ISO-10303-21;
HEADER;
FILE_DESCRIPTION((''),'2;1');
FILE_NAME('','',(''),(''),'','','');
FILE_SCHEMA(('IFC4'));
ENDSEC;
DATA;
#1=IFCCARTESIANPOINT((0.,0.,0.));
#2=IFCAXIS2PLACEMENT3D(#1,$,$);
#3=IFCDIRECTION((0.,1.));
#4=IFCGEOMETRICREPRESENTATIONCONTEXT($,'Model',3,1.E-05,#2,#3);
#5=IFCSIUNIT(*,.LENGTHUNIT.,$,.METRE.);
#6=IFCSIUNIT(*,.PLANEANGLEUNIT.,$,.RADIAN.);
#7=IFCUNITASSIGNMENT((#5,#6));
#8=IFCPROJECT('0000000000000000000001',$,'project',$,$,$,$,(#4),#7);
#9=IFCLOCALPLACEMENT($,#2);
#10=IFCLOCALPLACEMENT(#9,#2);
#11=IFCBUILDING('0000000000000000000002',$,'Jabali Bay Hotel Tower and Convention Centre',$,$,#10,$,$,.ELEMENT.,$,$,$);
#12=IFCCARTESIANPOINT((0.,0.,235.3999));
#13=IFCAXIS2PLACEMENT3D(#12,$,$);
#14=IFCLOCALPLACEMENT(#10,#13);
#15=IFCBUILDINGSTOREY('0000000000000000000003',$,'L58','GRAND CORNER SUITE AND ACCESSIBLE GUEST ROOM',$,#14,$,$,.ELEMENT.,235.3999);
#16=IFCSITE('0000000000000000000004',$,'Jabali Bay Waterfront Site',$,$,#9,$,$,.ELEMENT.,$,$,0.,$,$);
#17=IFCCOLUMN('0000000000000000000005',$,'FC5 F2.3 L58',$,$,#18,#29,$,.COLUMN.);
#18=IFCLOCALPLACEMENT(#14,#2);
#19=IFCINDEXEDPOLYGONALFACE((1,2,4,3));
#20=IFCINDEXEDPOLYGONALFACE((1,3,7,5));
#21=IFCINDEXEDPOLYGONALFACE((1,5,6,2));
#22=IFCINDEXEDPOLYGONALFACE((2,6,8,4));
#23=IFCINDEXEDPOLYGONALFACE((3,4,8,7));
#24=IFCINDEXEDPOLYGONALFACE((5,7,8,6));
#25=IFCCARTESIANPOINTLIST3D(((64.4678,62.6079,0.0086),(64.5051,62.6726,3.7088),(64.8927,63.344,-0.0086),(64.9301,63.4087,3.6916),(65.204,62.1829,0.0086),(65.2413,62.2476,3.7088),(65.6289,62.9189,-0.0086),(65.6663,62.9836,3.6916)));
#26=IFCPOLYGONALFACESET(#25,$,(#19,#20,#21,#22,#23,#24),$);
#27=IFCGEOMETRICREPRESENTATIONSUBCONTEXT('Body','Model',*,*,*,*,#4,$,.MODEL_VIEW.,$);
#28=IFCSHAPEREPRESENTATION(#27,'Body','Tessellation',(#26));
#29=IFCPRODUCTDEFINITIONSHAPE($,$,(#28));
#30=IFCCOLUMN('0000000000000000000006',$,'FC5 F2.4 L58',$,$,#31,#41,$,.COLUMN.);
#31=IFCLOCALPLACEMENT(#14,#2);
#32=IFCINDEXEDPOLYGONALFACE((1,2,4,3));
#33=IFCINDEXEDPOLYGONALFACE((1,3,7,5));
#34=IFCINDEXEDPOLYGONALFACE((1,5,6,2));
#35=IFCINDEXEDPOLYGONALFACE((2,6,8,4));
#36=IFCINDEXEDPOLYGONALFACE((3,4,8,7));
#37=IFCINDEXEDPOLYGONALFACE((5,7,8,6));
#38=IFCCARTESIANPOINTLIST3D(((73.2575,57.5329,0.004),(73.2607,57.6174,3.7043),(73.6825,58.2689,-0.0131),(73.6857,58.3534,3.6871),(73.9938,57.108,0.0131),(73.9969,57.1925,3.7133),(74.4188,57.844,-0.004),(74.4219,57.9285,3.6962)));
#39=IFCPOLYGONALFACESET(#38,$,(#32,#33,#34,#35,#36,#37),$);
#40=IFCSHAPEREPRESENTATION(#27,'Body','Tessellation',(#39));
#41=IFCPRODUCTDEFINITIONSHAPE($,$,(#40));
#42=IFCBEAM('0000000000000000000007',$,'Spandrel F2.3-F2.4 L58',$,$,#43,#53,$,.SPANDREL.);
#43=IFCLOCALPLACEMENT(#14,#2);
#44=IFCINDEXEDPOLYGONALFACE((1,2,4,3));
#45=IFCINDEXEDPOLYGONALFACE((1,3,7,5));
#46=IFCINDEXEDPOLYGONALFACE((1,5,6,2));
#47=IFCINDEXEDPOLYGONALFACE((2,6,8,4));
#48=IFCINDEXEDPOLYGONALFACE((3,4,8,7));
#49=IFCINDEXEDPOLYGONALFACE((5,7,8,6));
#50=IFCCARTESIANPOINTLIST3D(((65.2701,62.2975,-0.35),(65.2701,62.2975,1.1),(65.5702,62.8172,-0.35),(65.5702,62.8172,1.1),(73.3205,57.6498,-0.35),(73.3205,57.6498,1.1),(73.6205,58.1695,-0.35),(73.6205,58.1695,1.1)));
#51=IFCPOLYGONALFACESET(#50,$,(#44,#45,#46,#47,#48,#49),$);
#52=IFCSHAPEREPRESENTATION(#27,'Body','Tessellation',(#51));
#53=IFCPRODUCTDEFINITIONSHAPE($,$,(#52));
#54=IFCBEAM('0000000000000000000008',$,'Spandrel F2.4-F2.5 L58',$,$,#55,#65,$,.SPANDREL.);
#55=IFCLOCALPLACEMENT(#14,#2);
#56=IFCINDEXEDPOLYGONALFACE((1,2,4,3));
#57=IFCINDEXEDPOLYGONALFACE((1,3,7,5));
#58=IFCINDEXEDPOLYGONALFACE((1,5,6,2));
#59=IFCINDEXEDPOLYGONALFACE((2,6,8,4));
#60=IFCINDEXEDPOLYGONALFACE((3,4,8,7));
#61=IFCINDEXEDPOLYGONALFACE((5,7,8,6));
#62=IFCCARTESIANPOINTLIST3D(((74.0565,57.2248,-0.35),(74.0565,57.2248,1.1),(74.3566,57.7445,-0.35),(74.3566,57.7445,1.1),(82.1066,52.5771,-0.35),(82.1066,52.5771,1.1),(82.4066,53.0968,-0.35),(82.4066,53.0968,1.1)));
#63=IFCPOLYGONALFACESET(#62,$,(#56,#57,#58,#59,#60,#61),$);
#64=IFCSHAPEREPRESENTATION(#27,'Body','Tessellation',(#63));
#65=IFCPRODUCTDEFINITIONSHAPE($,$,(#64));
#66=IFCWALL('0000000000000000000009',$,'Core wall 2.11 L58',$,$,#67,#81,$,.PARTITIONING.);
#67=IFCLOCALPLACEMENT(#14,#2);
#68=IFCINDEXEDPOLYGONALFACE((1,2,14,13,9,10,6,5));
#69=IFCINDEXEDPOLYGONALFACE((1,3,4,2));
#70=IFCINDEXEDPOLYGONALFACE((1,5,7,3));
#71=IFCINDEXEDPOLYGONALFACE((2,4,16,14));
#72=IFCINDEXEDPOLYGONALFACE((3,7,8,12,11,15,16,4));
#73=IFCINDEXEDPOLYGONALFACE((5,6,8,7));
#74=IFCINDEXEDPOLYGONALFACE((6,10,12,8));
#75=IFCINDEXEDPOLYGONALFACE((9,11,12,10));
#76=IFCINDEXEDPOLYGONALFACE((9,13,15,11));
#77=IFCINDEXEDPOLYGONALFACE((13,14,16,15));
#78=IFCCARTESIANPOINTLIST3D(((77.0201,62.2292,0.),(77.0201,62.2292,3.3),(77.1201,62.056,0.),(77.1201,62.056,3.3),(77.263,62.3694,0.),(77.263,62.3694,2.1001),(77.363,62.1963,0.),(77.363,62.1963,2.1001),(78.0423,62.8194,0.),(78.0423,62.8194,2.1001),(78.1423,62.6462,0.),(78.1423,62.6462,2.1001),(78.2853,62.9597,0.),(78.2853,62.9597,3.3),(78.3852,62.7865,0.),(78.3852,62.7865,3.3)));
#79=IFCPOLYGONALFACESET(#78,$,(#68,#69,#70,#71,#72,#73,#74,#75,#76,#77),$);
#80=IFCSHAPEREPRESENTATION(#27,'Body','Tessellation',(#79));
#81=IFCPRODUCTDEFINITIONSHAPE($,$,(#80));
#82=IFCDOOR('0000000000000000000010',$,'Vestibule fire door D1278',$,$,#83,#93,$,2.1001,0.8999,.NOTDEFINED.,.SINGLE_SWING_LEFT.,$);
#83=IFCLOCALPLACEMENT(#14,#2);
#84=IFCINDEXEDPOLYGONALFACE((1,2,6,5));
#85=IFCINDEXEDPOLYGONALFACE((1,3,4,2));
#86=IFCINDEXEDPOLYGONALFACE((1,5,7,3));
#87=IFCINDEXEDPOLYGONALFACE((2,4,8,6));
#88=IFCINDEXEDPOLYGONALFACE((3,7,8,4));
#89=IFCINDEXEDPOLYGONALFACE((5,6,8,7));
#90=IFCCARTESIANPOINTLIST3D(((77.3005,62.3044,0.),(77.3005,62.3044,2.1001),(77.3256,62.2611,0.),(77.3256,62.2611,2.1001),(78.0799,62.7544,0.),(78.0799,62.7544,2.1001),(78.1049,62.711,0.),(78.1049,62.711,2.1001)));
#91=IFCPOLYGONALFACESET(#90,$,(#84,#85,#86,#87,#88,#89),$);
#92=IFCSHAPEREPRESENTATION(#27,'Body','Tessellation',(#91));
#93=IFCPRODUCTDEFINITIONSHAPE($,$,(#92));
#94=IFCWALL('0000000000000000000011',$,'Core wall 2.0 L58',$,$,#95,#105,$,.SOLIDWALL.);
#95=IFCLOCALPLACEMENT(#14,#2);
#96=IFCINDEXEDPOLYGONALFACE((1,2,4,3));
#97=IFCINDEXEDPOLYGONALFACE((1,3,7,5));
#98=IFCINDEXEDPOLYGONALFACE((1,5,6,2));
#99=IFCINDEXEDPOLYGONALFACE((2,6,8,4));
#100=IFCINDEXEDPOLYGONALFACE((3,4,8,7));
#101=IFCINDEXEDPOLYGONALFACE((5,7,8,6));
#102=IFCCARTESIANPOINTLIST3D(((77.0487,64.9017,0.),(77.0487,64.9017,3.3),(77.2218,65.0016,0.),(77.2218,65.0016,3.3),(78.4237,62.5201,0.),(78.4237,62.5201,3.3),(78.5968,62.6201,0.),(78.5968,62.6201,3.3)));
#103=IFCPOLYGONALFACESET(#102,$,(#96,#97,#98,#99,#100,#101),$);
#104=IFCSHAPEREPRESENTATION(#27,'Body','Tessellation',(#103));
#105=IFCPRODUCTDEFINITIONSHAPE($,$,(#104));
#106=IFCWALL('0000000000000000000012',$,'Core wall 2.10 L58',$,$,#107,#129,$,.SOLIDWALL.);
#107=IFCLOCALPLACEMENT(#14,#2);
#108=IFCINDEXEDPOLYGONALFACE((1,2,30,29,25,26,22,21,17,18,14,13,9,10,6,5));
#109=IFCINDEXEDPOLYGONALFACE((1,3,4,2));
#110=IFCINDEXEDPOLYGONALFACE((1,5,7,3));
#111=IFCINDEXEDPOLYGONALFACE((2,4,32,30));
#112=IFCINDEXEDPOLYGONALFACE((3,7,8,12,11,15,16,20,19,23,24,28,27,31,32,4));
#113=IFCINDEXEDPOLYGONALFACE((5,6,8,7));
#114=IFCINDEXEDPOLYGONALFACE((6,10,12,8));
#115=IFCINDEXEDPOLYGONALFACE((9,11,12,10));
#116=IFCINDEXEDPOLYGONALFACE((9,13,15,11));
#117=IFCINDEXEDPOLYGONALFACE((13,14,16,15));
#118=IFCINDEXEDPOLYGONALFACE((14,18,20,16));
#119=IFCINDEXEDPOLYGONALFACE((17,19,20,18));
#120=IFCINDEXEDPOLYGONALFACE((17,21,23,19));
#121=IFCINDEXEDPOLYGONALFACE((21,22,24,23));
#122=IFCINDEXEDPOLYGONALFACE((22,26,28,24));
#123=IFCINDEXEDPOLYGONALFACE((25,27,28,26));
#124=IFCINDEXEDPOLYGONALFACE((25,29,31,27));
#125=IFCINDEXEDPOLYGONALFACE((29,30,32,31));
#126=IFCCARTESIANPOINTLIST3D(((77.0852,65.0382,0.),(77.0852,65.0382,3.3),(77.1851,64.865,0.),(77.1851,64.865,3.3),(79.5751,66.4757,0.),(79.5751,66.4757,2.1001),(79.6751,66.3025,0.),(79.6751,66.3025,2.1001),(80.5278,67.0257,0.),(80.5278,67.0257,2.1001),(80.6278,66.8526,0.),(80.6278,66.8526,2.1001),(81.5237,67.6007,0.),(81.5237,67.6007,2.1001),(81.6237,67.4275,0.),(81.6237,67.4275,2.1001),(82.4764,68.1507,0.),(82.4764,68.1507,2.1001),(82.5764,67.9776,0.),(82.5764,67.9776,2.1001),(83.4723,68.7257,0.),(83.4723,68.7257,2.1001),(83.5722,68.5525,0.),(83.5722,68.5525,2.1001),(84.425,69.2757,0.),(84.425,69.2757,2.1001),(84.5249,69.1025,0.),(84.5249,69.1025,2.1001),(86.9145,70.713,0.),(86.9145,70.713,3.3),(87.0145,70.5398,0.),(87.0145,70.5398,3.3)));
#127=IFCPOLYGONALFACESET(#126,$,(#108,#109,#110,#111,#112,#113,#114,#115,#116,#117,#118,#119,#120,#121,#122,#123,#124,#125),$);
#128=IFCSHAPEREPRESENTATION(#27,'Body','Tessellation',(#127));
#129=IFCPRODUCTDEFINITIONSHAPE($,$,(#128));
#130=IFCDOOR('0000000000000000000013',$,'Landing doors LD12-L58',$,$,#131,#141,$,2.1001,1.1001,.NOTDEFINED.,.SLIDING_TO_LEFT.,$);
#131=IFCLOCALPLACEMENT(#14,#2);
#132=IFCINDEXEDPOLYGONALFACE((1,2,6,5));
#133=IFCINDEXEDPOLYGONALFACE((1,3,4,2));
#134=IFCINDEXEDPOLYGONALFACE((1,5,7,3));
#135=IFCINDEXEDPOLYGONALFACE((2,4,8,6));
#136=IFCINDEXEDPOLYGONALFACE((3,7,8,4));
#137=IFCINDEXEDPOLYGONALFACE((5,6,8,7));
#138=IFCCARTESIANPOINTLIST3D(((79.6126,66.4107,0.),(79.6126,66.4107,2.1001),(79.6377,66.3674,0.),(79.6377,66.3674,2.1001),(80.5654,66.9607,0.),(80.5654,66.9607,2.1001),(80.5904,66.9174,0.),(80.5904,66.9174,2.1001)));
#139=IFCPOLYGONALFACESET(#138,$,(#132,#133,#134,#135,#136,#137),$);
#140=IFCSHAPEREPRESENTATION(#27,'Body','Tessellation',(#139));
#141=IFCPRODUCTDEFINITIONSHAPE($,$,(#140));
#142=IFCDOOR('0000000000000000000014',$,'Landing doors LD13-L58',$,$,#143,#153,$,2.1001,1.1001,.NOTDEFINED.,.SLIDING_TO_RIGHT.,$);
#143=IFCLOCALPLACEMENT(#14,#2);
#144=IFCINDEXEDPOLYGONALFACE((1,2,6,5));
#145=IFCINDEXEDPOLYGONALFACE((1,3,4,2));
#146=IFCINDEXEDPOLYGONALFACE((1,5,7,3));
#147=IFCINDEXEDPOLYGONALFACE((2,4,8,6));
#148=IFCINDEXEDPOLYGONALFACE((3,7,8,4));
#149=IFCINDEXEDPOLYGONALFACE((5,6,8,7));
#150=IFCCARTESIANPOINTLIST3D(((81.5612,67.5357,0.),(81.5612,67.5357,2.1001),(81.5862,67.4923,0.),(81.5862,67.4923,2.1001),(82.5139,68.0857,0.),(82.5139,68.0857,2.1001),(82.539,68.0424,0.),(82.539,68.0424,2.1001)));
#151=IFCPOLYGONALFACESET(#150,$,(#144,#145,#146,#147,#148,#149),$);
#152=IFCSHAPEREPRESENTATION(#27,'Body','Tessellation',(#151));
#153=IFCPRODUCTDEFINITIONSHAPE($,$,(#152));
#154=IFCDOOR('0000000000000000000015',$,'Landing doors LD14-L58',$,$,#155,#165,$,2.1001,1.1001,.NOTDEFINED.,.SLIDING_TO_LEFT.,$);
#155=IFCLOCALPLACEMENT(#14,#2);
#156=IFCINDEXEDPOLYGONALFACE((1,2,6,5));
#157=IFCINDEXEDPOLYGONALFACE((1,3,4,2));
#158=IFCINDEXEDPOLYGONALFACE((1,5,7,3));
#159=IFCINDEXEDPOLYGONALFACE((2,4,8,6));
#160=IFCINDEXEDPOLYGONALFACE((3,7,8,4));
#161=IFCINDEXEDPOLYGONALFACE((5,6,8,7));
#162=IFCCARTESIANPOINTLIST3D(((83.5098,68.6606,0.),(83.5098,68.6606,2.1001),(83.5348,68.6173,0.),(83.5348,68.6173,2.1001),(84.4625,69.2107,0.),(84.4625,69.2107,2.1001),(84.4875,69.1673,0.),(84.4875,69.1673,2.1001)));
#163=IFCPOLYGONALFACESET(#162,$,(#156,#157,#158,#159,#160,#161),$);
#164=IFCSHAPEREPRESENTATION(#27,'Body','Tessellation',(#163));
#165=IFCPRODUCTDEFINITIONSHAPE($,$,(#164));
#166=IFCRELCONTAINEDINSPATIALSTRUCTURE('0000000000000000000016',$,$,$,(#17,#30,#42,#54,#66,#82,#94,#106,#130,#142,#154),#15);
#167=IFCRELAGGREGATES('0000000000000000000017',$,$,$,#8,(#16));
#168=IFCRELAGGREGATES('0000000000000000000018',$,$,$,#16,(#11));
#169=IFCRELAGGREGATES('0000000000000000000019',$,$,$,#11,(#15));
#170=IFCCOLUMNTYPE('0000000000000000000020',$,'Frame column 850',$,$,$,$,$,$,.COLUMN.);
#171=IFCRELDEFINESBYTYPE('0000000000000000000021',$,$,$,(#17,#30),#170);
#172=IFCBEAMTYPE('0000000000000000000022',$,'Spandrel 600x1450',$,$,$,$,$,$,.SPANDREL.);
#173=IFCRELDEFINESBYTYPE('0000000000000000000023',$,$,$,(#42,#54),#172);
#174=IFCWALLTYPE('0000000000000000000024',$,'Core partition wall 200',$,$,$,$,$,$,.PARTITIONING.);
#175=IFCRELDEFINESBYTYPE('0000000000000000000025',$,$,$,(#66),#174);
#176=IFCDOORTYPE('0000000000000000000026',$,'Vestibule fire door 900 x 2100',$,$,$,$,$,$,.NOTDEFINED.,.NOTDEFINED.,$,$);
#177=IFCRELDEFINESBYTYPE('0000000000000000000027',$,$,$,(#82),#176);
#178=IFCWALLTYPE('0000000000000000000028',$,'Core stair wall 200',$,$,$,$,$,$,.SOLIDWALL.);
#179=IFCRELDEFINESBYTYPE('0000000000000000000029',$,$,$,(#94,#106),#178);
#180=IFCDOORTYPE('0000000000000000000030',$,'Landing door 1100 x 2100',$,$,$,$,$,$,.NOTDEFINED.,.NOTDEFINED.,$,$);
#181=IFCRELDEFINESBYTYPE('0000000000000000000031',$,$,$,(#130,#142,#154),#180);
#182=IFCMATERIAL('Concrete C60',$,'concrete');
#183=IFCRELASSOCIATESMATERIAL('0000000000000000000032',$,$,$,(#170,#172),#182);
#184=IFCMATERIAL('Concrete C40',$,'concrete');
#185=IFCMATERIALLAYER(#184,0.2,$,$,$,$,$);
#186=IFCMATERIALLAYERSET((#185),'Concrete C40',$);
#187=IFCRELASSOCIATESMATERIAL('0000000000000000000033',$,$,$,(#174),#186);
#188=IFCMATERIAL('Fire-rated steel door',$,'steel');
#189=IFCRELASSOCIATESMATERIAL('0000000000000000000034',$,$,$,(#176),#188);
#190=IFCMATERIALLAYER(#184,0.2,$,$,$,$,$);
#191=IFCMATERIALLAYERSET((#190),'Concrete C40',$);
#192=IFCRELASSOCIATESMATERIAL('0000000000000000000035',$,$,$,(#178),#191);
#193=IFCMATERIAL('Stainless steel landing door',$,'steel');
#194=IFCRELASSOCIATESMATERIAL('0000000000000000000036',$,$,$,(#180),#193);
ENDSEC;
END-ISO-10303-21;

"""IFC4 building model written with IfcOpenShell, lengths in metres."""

from ifc_helpers import new_model, si_unit, direction, frame, frame_2d, origin, origin_2d, place, context, subcontext, project, spatial, rectangle, extrude, material, layer, layer_set, material_profile, profile_set, type_object, element, fill, save


model = new_model("IFC4")

# Units and contexts
model_context = context("Model", 3, precision=1e-05, world=origin(), true_north=direction((0.0, 1.0)))
body_context = subcontext(model_context, "Body", "Model", "MODEL_VIEW")
ifc_project = project(units=[si_unit("LENGTHUNIT", "METRE"), si_unit("PLANEANGLEUNIT", "RADIAN")], contexts=[model_context])

# Site, building, storey
site_placement = place(None, origin())
site = spatial("IfcSite", under=ifc_project, at=site_placement, Name="Jabali Bay Waterfront Site", CompositionType="ELEMENT", RefElevation=0.0)
building_placement = place(site_placement, origin())
building = spatial("IfcBuilding", under=site, at=building_placement, Name="Jabali Bay Hotel Tower and Convention Centre", CompositionType="ELEMENT")
storey_placement = place(building_placement, frame((0.0, 0.0, 235.3999)))
storey = spatial("IfcBuildingStorey", under=building, at=storey_placement, Name="L58", Description="GRAND CORNER SUITE AND ACCESSIBLE GUEST ROOM", CompositionType="ELEMENT", Elevation=235.3999)

# Columns
ifc_material_1 = material(Name="Concrete C60", Category="concrete")
ifc_material_profile_1 = material_profile(ifc_material_1, rectangle(XDim=0.8501, YDim=0.8501, at=origin_2d()), Name="Frame column 850")
ifc_profile_set_1 = profile_set([ifc_material_profile_1], Name="Concrete C60")
column_type = type_object("IfcColumnType", Name="Frame column 850", PredefinedType="COLUMN", material=ifc_profile_set_1)
column_1_placement = place(storey_placement, frame((65.0483, 62.7634, 0.0), z_axis=(0.010093, 0.017481, 0.999796), x_axis=(-0.866026, 0.499999, 0.0)))
element("IfcColumn", 1, at=column_1_placement, inside=storey, type_object=column_type, Name="FC5 F2.3 L58", PredefinedType="COLUMN", context=body_context, shape_type="SweptSolid", body=[
    extrude(rectangle(XDim=0.8501, YDim=0.8501, at=origin_2d()), origin(), (0.0, 0.0, 1.0), 3.7009),
])
column_2_placement = place(storey_placement, frame((73.8381, 57.6885, 0.0), z_axis=(0.000858, 0.022823, 0.999739), x_axis=(-0.499939, -0.865825, 0.020195)))
element("IfcColumn", 2, at=column_2_placement, inside=storey, type_object=column_type, Name="FC5 F2.4 L58", PredefinedType="COLUMN", context=body_context, shape_type="SweptSolid", body=[
    extrude(rectangle(XDim=0.8501, YDim=0.8501, at=origin_2d()), origin(), (0.0, 0.0, 1.0), 3.7012),
])

# Beams
ifc_material_profile_2 = material_profile(ifc_material_1, rectangle(XDim=0.6001, YDim=1.45, at=origin_2d()), Name="Spandrel 600x1450")
ifc_profile_set_2 = profile_set([ifc_material_profile_2], Name="Concrete C60")
beam_type = type_object("IfcBeamType", Name="Spandrel 600x1450", PredefinedType="SPANDREL", material=ifc_profile_set_2)
beam_1_placement = place(storey_placement, frame((65.4202, 62.5574, 0.375), z_axis=(0.866032, -0.499989, 0.0), x_axis=(0.499989, 0.866032, 0.0)))
element("IfcBeam", 3, at=beam_1_placement, inside=storey, type_object=beam_type, Name="Spandrel F2.3-F2.4 L58", PredefinedType="SPANDREL", context=body_context, shape_type="SweptSolid", body=[
    extrude(rectangle(XDim=0.6001, YDim=1.45, at=origin_2d()), origin(), (0.0, 0.0, 1.0), 9.2957),
])
beam_2_placement = place(storey_placement, frame((74.2065, 57.4846, 0.375), z_axis=(0.866025, -0.500001, 0.0), x_axis=(0.500001, 0.866025, 0.0)))
element("IfcBeam", 4, at=beam_2_placement, inside=storey, type_object=beam_type, Name="Spandrel F2.4-F2.5 L58", PredefinedType="SPANDREL", context=body_context, shape_type="SweptSolid", body=[
    extrude(rectangle(XDim=0.6001, YDim=1.45, at=origin_2d()), origin(), (0.0, 0.0, 1.0), 9.2954),
])

# Wall, opening, door
ifc_material_2 = material(Name="Concrete C40", Category="concrete")
ifc_layer_1 = layer(ifc_material_2, 0.2)
ifc_layer_set_1 = layer_set([ifc_layer_1], Name="Concrete C40")
wall_type_1 = type_object("IfcWallType", Name="Core partition wall 200", PredefinedType="PARTITIONING", material=ifc_layer_set_1)
wall_1_placement = place(storey_placement, frame((77.0701, 62.1426, 0.0), z_axis=(0.0, 0.0, 1.0), x_axis=(0.866013, 0.500021, 0.0)))
wall_1 = element("IfcWall", 5, at=wall_1_placement, inside=storey, type_object=wall_type_1, Name="Core wall 2.11 L58", PredefinedType="PARTITIONING", context=body_context, shape_type="SweptSolid", body=[
    extrude(rectangle(XDim=1.4609, YDim=0.2, at=frame_2d((0.7305, 0.0))), origin(), (0.0, 0.0, 1.0), 3.3),
])
opening_1_placement = place(wall_1_placement, frame((0.2805, 0.0, 0.0)))
opening_1 = element("IfcOpeningElement", 6, at=opening_1_placement, cuts=wall_1, PredefinedType="OPENING", context=body_context, shape_type="SweptSolid", body=[
    extrude(rectangle(XDim=0.8999, YDim=2.1001, at=frame_2d((0.45, 1.05))), frame((0.0, 0.1104, 0.0), z_axis=(0.0, -1.0, 0.0), x_axis=(1.0, 0.0, 0.0)), (0.0, 0.0, 1.0), 0.2209),
])
ifc_material_3 = material(Name="Fire-rated steel door", Category="steel")
door_type_1 = type_object("IfcDoorType", Name="Vestibule fire door 900 x 2100", OperationType="NOTDEFINED", PredefinedType="NOTDEFINED", material=ifc_material_3)
door_1_placement = place(opening_1_placement, origin())
door_1 = element("IfcDoor", 7, at=door_1_placement, inside=storey, type_object=door_type_1, Name="Vestibule fire door D1278", OperationType="SINGLE_SWING_LEFT", OverallHeight=2.1001, OverallWidth=0.8999, PredefinedType="NOTDEFINED", context=body_context, shape_type="SweptSolid", body=[
    extrude(rectangle(XDim=0.8999, YDim=2.1001, at=frame_2d((0.45, 1.05))), frame((0.0, 0.0249, 0.0), z_axis=(0.0, -1.0, 0.0), x_axis=(1.0, 0.0, 0.0)), (0.0, 0.0, 1.0), 0.05),
])
fill(opening_1, door_1)

# Wall
ifc_layer_2 = layer(ifc_material_2, 0.2)
ifc_layer_set_2 = layer_set([ifc_layer_2], Name="Concrete C40")
wall_type_2 = type_object("IfcWallType", Name="Core stair wall 200", PredefinedType="SOLIDWALL", material=ifc_layer_set_2)
wall_2_placement = place(storey_placement, frame((77.1353, 64.9517, 0.0), z_axis=(0.0, 0.0, 1.0), x_axis=(0.499997, -0.866027, 0.0)))
element("IfcWall", 8, at=wall_2_placement, inside=storey, type_object=wall_type_2, Name="Core wall 2.0 L58", PredefinedType="SOLIDWALL", context=body_context, shape_type="SweptSolid", body=[
    extrude(rectangle(XDim=2.75, YDim=0.2, at=frame_2d((1.375, 0.0))), origin(), (0.0, 0.0, 1.0), 3.3),
])

# Wall, openings, doors
wall_3_placement = place(storey_placement, frame((77.1353, 64.9517, 0.0), z_axis=(0.0, 0.0, 1.0), x_axis=(0.866032, 0.499989, 0.0)))
wall_3 = element("IfcWall", 9, at=wall_3_placement, inside=storey, type_object=wall_type_2, Name="Core wall 2.10 L58", PredefinedType="SOLIDWALL", context=body_context, shape_type="SweptSolid", body=[
    extrude(rectangle(XDim=11.3499, YDim=0.2, at=frame_2d((5.6748, 0.0))), origin(), (0.0, 0.0, 1.0), 3.3),
])
opening_2_placement = place(wall_3_placement, frame((2.875, 0.0, 0.0)))
opening_2 = element("IfcOpeningElement", 10, at=opening_2_placement, cuts=wall_3, PredefinedType="OPENING", context=body_context, shape_type="SweptSolid", body=[
    extrude(rectangle(XDim=1.1001, YDim=2.1001, at=frame_2d((0.55, 1.05))), frame((0.0, 0.1104, 0.0), z_axis=(0.0, -1.0, 0.0), x_axis=(1.0, 0.0, 0.0)), (0.0, 0.0, 1.0), 0.2209),
])
opening_3_placement = place(wall_3_placement, frame((5.125, 0.0, 0.0)))
opening_3 = element("IfcOpeningElement", 11, at=opening_3_placement, cuts=wall_3, PredefinedType="OPENING", context=body_context, shape_type="SweptSolid", body=[
    extrude(rectangle(XDim=1.1001, YDim=2.1001, at=frame_2d((0.55, 1.05))), frame((0.0, 0.1104, 0.0), z_axis=(0.0, -1.0, 0.0), x_axis=(1.0, 0.0, 0.0)), (0.0, 0.0, 1.0), 0.2209),
])
opening_4_placement = place(wall_3_placement, frame((7.375, 0.0, 0.0)))
opening_4 = element("IfcOpeningElement", 12, at=opening_4_placement, cuts=wall_3, PredefinedType="OPENING", context=body_context, shape_type="SweptSolid", body=[
    extrude(rectangle(XDim=1.1001, YDim=2.1001, at=frame_2d((0.55, 1.05))), frame((0.0, 0.1104, 0.0), z_axis=(0.0, -1.0, 0.0), x_axis=(1.0, 0.0, 0.0)), (0.0, 0.0, 1.0), 0.2209),
])
ifc_material_4 = material(Name="Stainless steel landing door", Category="steel")
door_type_2 = type_object("IfcDoorType", Name="Landing door 1100 x 2100", OperationType="NOTDEFINED", PredefinedType="NOTDEFINED", material=ifc_material_4)
door_2_placement = place(opening_2_placement, origin())
door_2 = element("IfcDoor", 13, at=door_2_placement, inside=storey, type_object=door_type_2, Name="Landing doors LD12-L58", OperationType="SLIDING_TO_LEFT", OverallHeight=2.1001, OverallWidth=1.1001, PredefinedType="NOTDEFINED", context=body_context, shape_type="SweptSolid", body=[
    extrude(rectangle(XDim=1.1001, YDim=2.1001, at=frame_2d((0.55, 1.05))), frame((0.0, 0.0249, 0.0), z_axis=(0.0, -1.0, 0.0), x_axis=(1.0, 0.0, 0.0)), (0.0, 0.0, 1.0), 0.05),
])
fill(opening_2, door_2)
door_3_placement = place(opening_3_placement, origin())
door_3 = element("IfcDoor", 14, at=door_3_placement, inside=storey, type_object=door_type_2, Name="Landing doors LD13-L58", OperationType="SLIDING_TO_RIGHT", OverallHeight=2.1001, OverallWidth=1.1001, PredefinedType="NOTDEFINED", context=body_context, shape_type="SweptSolid", body=[
    extrude(rectangle(XDim=1.1001, YDim=2.1001, at=frame_2d((0.55, 1.05))), frame((0.0, 0.0249, 0.0), z_axis=(0.0, -1.0, 0.0), x_axis=(1.0, 0.0, 0.0)), (0.0, 0.0, 1.0), 0.05),
])
fill(opening_3, door_3)
door_4_placement = place(opening_4_placement, origin())
door_4 = element("IfcDoor", 15, at=door_4_placement, inside=storey, type_object=door_type_2, Name="Landing doors LD14-L58", OperationType="SLIDING_TO_LEFT", OverallHeight=2.1001, OverallWidth=1.1001, PredefinedType="NOTDEFINED", context=body_context, shape_type="SweptSolid", body=[
    extrude(rectangle(XDim=1.1001, YDim=2.1001, at=frame_2d((0.55, 1.05))), frame((0.0, 0.0249, 0.0), z_axis=(0.0, -1.0, 0.0), x_axis=(1.0, 0.0, 0.0)), (0.0, 0.0, 1.0), 0.05),
])
fill(opening_4, door_4)

save(model, "model.ifc")
